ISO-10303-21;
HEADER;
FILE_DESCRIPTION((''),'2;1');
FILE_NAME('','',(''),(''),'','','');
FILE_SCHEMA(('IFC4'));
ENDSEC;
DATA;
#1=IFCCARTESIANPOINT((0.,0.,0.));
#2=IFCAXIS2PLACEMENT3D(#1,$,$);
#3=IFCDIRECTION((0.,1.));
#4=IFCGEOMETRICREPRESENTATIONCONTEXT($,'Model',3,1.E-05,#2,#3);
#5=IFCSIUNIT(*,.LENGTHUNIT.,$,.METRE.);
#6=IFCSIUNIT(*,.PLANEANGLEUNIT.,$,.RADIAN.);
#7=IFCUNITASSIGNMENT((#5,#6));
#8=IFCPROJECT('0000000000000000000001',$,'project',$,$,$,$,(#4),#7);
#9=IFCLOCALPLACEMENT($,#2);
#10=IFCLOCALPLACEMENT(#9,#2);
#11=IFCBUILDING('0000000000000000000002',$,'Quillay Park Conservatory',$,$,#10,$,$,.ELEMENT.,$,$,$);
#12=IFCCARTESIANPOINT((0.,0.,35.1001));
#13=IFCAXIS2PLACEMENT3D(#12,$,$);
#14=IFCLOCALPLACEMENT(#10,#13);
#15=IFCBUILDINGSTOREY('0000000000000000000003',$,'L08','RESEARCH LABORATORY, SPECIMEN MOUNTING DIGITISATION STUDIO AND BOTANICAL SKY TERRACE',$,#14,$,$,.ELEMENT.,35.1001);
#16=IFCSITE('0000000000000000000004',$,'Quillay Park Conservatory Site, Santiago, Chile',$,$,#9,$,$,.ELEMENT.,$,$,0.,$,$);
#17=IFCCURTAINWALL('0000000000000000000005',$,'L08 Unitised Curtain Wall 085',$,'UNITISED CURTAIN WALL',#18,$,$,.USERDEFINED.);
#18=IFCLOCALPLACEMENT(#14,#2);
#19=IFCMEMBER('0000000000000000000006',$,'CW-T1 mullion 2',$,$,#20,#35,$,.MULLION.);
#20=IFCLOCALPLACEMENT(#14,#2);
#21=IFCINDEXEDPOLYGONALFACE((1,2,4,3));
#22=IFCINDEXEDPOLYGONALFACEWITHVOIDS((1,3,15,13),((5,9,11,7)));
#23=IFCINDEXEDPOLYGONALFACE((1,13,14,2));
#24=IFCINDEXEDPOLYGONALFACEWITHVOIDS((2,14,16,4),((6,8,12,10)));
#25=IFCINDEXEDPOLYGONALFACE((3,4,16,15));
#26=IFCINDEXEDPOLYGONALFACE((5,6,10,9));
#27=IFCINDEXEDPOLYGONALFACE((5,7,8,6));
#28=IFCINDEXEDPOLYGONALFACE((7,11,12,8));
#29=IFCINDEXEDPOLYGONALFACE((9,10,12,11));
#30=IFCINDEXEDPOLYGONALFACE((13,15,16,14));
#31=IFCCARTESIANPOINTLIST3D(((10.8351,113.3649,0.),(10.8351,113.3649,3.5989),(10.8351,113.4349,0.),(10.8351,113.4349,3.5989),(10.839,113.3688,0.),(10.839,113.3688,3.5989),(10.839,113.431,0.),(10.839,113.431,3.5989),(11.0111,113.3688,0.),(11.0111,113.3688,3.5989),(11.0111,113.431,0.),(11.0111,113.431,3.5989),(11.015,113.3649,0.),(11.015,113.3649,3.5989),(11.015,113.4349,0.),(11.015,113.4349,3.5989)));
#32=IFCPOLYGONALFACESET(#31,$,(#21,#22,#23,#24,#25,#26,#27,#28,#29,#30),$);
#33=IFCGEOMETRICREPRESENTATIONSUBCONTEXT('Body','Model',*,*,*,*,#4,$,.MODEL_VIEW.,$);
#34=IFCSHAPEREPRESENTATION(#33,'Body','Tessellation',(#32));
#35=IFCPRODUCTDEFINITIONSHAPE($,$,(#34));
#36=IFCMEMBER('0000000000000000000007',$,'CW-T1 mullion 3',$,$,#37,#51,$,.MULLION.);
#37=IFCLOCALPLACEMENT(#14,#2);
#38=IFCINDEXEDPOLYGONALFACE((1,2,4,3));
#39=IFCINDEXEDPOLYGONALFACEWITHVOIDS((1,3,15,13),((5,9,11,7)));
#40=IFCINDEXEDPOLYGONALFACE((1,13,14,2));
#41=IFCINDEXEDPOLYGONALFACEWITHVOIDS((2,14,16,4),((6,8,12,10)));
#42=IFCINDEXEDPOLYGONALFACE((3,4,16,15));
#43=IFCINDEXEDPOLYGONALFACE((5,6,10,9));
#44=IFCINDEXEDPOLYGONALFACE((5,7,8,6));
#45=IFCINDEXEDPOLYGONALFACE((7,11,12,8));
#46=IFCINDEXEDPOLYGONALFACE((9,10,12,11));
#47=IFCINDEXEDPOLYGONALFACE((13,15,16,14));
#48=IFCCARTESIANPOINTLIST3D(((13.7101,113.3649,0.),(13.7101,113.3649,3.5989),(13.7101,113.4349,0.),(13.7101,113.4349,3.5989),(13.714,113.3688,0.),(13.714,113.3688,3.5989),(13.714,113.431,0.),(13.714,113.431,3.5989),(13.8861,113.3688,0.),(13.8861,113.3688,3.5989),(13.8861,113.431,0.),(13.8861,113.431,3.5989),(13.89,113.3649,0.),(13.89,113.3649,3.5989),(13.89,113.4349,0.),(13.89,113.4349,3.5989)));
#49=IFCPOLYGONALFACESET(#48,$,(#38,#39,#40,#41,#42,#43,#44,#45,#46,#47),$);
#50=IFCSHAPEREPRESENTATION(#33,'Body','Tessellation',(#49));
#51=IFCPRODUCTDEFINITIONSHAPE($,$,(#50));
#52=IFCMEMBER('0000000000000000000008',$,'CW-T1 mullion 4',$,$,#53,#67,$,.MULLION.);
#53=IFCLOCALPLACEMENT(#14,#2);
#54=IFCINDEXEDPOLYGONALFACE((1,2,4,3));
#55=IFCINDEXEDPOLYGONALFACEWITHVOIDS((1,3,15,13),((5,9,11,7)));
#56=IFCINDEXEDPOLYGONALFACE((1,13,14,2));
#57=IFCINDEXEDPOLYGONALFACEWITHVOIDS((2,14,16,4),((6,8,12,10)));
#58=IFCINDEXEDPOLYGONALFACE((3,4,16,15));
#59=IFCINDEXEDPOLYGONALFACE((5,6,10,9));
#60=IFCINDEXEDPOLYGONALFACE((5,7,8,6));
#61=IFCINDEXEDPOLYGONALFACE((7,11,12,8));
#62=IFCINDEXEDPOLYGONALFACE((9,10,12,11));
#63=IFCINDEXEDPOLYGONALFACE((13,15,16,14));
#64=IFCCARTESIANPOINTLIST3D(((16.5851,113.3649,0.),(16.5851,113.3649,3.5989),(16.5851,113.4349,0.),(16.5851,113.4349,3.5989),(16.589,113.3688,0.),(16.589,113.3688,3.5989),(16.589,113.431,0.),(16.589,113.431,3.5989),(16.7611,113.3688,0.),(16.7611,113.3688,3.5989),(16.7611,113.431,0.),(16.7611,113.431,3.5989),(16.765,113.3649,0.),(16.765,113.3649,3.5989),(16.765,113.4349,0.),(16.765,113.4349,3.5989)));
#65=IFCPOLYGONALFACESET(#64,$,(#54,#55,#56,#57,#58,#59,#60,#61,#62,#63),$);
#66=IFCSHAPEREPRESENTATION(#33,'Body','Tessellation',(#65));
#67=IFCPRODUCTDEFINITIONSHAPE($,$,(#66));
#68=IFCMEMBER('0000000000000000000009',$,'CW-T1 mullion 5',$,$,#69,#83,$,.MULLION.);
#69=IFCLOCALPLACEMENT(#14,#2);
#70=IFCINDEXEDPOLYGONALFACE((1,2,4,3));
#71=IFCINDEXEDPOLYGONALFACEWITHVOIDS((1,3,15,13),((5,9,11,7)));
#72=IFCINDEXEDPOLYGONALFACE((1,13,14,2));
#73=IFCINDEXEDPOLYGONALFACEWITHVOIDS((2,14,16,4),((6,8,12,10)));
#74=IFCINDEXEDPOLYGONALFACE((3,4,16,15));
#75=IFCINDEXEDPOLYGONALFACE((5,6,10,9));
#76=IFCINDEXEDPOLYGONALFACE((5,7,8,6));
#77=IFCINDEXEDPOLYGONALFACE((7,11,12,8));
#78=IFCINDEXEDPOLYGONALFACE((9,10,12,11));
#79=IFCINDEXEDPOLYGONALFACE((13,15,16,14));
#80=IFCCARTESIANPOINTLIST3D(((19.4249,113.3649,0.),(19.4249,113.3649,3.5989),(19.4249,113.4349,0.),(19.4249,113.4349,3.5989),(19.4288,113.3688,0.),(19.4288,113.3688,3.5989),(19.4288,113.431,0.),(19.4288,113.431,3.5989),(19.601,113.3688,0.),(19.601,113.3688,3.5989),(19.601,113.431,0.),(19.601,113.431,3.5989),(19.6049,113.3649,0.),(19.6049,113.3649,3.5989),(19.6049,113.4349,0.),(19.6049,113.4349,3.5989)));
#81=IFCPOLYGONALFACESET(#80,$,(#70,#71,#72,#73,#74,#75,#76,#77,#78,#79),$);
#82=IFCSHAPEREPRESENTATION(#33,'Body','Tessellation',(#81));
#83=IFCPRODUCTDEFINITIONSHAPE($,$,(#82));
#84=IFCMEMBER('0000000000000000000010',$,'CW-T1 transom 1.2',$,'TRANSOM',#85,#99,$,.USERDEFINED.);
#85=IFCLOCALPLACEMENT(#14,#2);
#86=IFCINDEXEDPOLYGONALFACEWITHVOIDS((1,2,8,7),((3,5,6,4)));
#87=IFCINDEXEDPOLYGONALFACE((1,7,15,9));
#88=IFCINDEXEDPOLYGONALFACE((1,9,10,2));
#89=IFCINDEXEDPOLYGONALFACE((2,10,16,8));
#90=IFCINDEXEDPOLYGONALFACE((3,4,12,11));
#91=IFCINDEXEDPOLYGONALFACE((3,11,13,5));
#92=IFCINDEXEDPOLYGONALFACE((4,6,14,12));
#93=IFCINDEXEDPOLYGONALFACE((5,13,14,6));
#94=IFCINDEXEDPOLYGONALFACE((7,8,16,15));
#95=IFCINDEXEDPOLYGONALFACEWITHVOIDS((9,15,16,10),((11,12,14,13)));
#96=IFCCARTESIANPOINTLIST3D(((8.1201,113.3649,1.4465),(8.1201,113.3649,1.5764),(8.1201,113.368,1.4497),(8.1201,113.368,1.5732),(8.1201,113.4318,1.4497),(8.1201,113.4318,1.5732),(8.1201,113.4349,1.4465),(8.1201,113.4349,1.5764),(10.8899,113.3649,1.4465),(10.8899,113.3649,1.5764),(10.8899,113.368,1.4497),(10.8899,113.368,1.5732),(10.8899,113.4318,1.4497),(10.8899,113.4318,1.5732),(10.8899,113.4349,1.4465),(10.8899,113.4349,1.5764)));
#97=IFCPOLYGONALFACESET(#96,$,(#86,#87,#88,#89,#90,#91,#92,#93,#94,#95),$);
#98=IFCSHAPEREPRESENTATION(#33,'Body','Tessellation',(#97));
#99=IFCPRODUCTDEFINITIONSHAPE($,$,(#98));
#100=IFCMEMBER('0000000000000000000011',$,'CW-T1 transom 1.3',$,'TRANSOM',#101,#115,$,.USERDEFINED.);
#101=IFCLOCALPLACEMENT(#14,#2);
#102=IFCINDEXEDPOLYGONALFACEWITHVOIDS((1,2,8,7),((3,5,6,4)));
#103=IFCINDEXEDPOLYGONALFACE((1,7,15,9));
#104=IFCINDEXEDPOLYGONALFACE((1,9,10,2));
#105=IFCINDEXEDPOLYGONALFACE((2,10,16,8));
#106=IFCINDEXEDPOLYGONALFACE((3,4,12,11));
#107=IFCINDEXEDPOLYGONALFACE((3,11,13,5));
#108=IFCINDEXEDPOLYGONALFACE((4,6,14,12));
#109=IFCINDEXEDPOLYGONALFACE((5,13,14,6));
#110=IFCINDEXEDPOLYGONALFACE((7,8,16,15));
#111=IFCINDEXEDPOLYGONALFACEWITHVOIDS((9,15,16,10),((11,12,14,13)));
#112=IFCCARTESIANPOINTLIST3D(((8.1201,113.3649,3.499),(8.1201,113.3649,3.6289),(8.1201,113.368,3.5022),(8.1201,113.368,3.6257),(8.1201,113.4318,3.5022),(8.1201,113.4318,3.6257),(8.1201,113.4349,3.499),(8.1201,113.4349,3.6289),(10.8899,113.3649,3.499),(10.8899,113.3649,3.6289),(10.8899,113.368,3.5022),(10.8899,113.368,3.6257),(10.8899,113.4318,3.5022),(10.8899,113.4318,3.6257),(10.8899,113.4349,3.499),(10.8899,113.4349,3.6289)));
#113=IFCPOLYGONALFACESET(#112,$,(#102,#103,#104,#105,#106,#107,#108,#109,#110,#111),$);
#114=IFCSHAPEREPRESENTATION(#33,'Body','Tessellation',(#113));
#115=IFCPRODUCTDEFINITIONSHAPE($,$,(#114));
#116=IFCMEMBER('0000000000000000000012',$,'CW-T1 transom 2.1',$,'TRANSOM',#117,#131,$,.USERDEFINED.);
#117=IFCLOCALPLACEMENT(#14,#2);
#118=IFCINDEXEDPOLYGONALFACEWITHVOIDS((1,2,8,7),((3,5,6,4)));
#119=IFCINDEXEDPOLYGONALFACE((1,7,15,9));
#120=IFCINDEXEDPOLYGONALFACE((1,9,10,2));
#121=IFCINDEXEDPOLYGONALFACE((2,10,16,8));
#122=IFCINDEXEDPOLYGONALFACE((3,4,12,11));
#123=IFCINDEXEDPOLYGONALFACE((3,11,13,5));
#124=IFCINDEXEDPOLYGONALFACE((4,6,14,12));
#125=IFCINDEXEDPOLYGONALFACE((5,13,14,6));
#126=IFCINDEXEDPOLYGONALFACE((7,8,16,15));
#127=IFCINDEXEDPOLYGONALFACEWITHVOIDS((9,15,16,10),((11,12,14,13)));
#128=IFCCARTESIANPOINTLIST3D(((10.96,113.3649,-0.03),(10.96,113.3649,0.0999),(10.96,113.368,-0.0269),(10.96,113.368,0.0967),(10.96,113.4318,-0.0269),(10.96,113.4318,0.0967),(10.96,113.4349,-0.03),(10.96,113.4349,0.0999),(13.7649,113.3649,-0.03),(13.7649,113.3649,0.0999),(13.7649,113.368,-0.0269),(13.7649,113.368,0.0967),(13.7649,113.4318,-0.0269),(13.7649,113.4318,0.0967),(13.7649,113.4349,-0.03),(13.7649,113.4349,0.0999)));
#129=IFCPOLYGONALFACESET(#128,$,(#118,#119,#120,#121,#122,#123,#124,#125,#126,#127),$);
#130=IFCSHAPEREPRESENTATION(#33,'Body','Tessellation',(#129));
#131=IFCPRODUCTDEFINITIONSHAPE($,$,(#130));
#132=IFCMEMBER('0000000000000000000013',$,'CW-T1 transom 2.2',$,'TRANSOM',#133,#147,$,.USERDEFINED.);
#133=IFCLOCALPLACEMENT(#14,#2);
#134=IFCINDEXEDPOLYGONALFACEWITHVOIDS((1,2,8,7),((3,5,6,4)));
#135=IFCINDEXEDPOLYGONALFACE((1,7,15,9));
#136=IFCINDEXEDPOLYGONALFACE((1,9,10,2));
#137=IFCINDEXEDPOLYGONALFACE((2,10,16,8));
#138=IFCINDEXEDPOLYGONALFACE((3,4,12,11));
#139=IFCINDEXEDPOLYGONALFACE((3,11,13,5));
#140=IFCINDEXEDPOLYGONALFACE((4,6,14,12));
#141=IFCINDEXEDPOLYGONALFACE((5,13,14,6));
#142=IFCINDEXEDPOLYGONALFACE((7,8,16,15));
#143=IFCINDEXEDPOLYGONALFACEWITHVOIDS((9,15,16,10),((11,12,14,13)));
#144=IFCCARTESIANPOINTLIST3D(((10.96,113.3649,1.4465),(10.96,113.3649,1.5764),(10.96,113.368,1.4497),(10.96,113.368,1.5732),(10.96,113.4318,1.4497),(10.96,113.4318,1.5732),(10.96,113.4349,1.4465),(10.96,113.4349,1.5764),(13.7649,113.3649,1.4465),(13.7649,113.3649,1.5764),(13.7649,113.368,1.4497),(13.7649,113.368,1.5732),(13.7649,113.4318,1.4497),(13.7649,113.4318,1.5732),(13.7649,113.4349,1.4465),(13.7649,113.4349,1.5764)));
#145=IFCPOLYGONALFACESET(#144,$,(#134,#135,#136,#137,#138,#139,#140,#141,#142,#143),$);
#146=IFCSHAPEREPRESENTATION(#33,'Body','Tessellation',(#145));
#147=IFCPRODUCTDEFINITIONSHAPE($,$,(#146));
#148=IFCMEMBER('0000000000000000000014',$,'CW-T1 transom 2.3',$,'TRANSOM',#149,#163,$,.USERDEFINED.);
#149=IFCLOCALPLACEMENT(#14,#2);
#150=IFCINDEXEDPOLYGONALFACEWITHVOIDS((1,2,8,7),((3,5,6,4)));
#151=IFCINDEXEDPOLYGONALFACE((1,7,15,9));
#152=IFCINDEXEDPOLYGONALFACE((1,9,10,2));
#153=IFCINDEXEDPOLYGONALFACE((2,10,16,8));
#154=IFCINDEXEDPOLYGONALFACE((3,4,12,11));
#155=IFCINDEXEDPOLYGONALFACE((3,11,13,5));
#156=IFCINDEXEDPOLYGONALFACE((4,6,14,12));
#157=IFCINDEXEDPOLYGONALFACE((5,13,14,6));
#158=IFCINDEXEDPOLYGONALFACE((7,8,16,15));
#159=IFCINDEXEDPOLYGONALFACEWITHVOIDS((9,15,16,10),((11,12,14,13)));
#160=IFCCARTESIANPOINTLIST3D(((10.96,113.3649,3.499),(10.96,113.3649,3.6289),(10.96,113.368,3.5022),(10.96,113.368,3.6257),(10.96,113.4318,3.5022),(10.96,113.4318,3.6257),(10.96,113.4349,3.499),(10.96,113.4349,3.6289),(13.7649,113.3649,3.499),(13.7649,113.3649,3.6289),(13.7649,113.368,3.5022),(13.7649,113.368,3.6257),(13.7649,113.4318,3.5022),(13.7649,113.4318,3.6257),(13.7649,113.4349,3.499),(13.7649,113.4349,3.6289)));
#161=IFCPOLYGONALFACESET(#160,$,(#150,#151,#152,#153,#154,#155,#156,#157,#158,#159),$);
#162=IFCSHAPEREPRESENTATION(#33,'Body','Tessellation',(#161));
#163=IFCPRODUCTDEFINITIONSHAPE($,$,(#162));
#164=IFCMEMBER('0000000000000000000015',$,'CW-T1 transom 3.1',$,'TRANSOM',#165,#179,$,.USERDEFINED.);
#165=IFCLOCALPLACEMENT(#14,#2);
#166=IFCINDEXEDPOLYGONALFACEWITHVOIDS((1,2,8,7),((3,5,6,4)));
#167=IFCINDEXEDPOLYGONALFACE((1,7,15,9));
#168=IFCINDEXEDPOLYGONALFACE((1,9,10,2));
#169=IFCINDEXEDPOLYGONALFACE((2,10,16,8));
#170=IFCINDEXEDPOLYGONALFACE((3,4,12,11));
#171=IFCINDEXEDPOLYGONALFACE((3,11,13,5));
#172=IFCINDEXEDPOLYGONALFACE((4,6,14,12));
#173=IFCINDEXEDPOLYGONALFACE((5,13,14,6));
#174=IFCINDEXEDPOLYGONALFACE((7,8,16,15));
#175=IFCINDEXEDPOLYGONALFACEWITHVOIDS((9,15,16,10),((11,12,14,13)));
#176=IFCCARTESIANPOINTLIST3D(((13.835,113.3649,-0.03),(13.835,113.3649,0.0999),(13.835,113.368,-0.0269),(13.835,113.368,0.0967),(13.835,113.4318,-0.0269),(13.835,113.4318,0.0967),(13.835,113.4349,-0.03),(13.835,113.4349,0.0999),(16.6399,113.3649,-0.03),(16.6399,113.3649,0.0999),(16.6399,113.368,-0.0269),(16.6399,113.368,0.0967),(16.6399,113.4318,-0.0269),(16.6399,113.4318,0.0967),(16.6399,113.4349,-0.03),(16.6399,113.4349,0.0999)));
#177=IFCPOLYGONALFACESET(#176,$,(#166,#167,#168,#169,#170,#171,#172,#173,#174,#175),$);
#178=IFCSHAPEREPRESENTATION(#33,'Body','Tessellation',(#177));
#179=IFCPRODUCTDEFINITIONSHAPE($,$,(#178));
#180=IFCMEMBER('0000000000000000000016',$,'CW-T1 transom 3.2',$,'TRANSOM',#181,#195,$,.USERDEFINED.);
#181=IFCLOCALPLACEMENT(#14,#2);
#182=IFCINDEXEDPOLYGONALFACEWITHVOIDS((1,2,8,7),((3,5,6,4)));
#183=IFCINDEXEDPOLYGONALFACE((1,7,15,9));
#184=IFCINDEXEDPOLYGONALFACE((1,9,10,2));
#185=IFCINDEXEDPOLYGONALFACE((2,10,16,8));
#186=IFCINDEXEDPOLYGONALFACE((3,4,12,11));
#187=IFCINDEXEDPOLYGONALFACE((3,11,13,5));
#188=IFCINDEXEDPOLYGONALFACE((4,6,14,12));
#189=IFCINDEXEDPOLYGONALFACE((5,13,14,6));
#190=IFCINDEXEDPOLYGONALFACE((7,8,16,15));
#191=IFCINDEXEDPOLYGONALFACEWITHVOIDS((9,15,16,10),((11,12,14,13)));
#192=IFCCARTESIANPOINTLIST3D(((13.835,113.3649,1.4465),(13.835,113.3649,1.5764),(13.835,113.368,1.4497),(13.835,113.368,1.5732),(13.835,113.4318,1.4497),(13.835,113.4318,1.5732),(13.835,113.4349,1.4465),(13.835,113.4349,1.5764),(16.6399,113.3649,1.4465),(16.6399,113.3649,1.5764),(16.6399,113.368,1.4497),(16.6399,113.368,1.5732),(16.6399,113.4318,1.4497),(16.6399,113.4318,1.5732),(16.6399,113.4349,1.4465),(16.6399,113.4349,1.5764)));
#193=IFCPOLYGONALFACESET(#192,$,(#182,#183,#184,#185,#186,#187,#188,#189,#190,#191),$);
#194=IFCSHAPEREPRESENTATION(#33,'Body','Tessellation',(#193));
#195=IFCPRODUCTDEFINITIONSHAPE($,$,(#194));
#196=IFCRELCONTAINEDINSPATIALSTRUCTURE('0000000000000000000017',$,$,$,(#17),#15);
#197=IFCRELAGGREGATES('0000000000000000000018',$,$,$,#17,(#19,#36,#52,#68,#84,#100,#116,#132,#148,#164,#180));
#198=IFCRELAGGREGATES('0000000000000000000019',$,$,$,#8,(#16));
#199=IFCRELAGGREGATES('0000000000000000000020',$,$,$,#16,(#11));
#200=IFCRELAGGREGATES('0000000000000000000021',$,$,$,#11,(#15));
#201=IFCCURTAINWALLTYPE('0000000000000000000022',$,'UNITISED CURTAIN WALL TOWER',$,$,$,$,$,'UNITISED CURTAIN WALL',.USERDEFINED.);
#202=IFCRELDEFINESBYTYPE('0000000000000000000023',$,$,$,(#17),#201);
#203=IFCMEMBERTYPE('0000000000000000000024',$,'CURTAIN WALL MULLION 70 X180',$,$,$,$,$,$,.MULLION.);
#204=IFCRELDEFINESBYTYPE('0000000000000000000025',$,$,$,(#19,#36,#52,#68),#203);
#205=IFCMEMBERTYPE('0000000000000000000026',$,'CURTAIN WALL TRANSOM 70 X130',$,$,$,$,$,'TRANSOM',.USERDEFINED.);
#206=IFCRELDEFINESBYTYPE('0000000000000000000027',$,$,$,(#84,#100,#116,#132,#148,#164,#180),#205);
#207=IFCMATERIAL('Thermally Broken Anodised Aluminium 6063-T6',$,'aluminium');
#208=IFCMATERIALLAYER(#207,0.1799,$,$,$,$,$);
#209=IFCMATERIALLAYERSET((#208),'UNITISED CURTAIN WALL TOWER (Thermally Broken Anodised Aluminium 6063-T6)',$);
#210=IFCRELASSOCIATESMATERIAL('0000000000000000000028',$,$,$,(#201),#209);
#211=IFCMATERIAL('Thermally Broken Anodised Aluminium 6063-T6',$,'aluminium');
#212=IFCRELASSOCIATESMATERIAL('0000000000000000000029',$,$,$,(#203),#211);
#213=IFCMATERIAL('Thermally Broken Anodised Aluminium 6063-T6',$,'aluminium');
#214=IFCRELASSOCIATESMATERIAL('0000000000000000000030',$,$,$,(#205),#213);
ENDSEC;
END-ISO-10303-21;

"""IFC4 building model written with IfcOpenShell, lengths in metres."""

from ifc_helpers import new_model, si_unit, direction, frame, origin, origin_2d, place, context, subcontext, project, spatial, hollow_rectangle, extrude, material, layer, layer_set, material_profile, profile_set, type_object, element, aggregate, save


model = new_model("IFC4")

# Units and contexts
model_context = context("Model", 3, precision=1e-05, world=origin(), true_north=direction((0.0, 1.0)))
body_context = subcontext(model_context, "Body", "Model", "MODEL_VIEW")
ifc_project = project(units=[si_unit("LENGTHUNIT", "METRE"), si_unit("PLANEANGLEUNIT", "RADIAN")], contexts=[model_context])

# Site, building, storey
site_placement = place(None, origin())
site = spatial("IfcSite", under=ifc_project, at=site_placement, Name="Quillay Park Conservatory Site, Santiago, Chile", CompositionType="ELEMENT", RefElevation=0.0)
building_placement = place(site_placement, origin())
building = spatial("IfcBuilding", under=site, at=building_placement, Name="Quillay Park Conservatory", CompositionType="ELEMENT")
storey_placement = place(building_placement, frame((0.0, 0.0, 35.1001)))
storey = spatial("IfcBuildingStorey", under=building, at=storey_placement, Name="L08", Description="RESEARCH LABORATORY, SPECIMEN MOUNTING DIGITISATION STUDIO AND BOTANICAL SKY TERRACE", CompositionType="ELEMENT", Elevation=35.1001)

# Curtain wall, members
ifc_material_1 = material(Name="Thermally Broken Anodised Aluminium 6063-T6", Category="aluminium")
ifc_layer_1 = layer(ifc_material_1, 0.1799)
ifc_layer_set_1 = layer_set([ifc_layer_1], Name="UNITISED CURTAIN WALL TOWER (Thermally Broken Anodised Aluminium 6063-T6)")
curtain_wall_type = type_object("IfcCurtainWallType", Name="UNITISED CURTAIN WALL TOWER", ElementType="UNITISED CURTAIN WALL", PredefinedType="USERDEFINED", material=ifc_layer_set_1)
curtain_wall_placement = place(storey_placement, origin())
curtain_wall = element("IfcCurtainWall", 1, at=curtain_wall_placement, inside=storey, type_object=curtain_wall_type, Name="L08 Unitised Curtain Wall 085", ObjectType="UNITISED CURTAIN WALL", PredefinedType="USERDEFINED")
ifc_material_2 = material(Name="Thermally Broken Anodised Aluminium 6063-T6", Category="aluminium")
ifc_material_profile_1 = material_profile(ifc_material_2, hollow_rectangle(XDim=0.0701, YDim=0.1799, WallThickness=0.0039, at=origin_2d()), Name="AL70x180x4")
ifc_profile_set_1 = profile_set([ifc_material_profile_1], Name="Thermally Broken Anodised Aluminium 6063-T6")
member_type_1 = type_object("IfcMemberType", Name="CURTAIN WALL MULLION 70 X180", PredefinedType="MULLION", material=ifc_profile_set_1)
member_1_placement = place(storey_placement, frame((10.925, 113.3999, 0.0), z_axis=(0.0, 0.0, 1.0), x_axis=(0.0, 1.0, 0.0)))
member_1 = element("IfcMember", 2, at=member_1_placement, type_object=member_type_1, Name="CW-T1 mullion 2", PredefinedType="MULLION", context=body_context, shape_type="SweptSolid", body=[
    extrude(hollow_rectangle(XDim=0.0701, YDim=0.1799, WallThickness=0.0039, at=origin_2d()), origin(), (0.0, 0.0, 1.0), 3.5989),
])
member_2_placement = place(storey_placement, frame((13.8, 113.3999, 0.0), z_axis=(0.0, 0.0, 1.0), x_axis=(0.0, 1.0, 0.0)))
member_2 = element("IfcMember", 3, at=member_2_placement, type_object=member_type_1, Name="CW-T1 mullion 3", PredefinedType="MULLION", context=body_context, shape_type="SweptSolid", body=[
    extrude(hollow_rectangle(XDim=0.0701, YDim=0.1799, WallThickness=0.0039, at=origin_2d()), origin(), (0.0, 0.0, 1.0), 3.5989),
])
member_3_placement = place(storey_placement, frame((16.675, 113.3999, 0.0), z_axis=(0.0, 0.0, 1.0), x_axis=(0.0, 1.0, 0.0)))
member_3 = element("IfcMember", 4, at=member_3_placement, type_object=member_type_1, Name="CW-T1 mullion 4", PredefinedType="MULLION", context=body_context, shape_type="SweptSolid", body=[
    extrude(hollow_rectangle(XDim=0.0701, YDim=0.1799, WallThickness=0.0039, at=origin_2d()), origin(), (0.0, 0.0, 1.0), 3.5989),
])
member_4_placement = place(storey_placement, frame((19.5149, 113.3999, 0.0), z_axis=(0.0, 0.0, 1.0), x_axis=(0.0, 1.0, 0.0)))
member_4 = element("IfcMember", 5, at=member_4_placement, type_object=member_type_1, Name="CW-T1 mullion 5", PredefinedType="MULLION", context=body_context, shape_type="SweptSolid", body=[
    extrude(hollow_rectangle(XDim=0.0701, YDim=0.1799, WallThickness=0.0039, at=origin_2d()), origin(), (0.0, 0.0, 1.0), 3.5989),
])
ifc_material_3 = material(Name="Thermally Broken Anodised Aluminium 6063-T6", Category="aluminium")
ifc_material_profile_2 = material_profile(ifc_material_3, hollow_rectangle(XDim=0.0701, YDim=0.1299, WallThickness=0.0032, at=origin_2d()), Name="AL70x130x3.2")
ifc_profile_set_2 = profile_set([ifc_material_profile_2], Name="Thermally Broken Anodised Aluminium 6063-T6")
member_type_2 = type_object("IfcMemberType", Name="CURTAIN WALL TRANSOM 70 X130", ElementType="TRANSOM", PredefinedType="USERDEFINED", material=ifc_profile_set_2)
member_5_placement = place(storey_placement, frame((8.1201, 113.3999, 1.5115), z_axis=(1.0, 0.0, 0.0), x_axis=(0.0, 1.0, 0.0)))
member_5 = element("IfcMember", 6, at=member_5_placement, type_object=member_type_2, Name="CW-T1 transom 1.2", ObjectType="TRANSOM", PredefinedType="USERDEFINED", context=body_context, shape_type="SweptSolid", body=[
    extrude(hollow_rectangle(XDim=0.0701, YDim=0.1299, WallThickness=0.0032, at=origin_2d()), origin(), (0.0, 0.0, 1.0), 2.7698),
])
member_6_placement = place(storey_placement, frame((8.1201, 113.3999, 3.564), z_axis=(1.0, 0.0, 0.0), x_axis=(0.0, 1.0, 0.0)))
member_6 = element("IfcMember", 7, at=member_6_placement, type_object=member_type_2, Name="CW-T1 transom 1.3", ObjectType="TRANSOM", PredefinedType="USERDEFINED", context=body_context, shape_type="SweptSolid", body=[
    extrude(hollow_rectangle(XDim=0.0701, YDim=0.1299, WallThickness=0.0032, at=origin_2d()), origin(), (0.0, 0.0, 1.0), 2.7698),
])
member_7_placement = place(storey_placement, frame((10.96, 113.3999, 0.0349), z_axis=(1.0, 0.0, 0.0), x_axis=(0.0, 1.0, 0.0)))
member_7 = element("IfcMember", 8, at=member_7_placement, type_object=member_type_2, Name="CW-T1 transom 2.1", ObjectType="TRANSOM", PredefinedType="USERDEFINED", context=body_context, shape_type="SweptSolid", body=[
    extrude(hollow_rectangle(XDim=0.0701, YDim=0.1299, WallThickness=0.0032, at=origin_2d()), origin(), (0.0, 0.0, 1.0), 2.8049),
])
member_8_placement = place(storey_placement, frame((10.96, 113.3999, 1.5115), z_axis=(1.0, 0.0, 0.0), x_axis=(0.0, 1.0, 0.0)))
member_8 = element("IfcMember", 9, at=member_8_placement, type_object=member_type_2, Name="CW-T1 transom 2.2", ObjectType="TRANSOM", PredefinedType="USERDEFINED", context=body_context, shape_type="SweptSolid", body=[
    extrude(hollow_rectangle(XDim=0.0701, YDim=0.1299, WallThickness=0.0032, at=origin_2d()), origin(), (0.0, 0.0, 1.0), 2.8049),
])
member_9_placement = place(storey_placement, frame((10.96, 113.3999, 3.564), z_axis=(1.0, 0.0, 0.0), x_axis=(0.0, 1.0, 0.0)))
member_9 = element("IfcMember", 10, at=member_9_placement, type_object=member_type_2, Name="CW-T1 transom 2.3", ObjectType="TRANSOM", PredefinedType="USERDEFINED", context=body_context, shape_type="SweptSolid", body=[
    extrude(hollow_rectangle(XDim=0.0701, YDim=0.1299, WallThickness=0.0032, at=origin_2d()), origin(), (0.0, 0.0, 1.0), 2.8049),
])
member_10_placement = place(storey_placement, frame((13.835, 113.3999, 0.0349), z_axis=(1.0, 0.0, 0.0), x_axis=(0.0, 1.0, 0.0)))
member_10 = element("IfcMember", 11, at=member_10_placement, type_object=member_type_2, Name="CW-T1 transom 3.1", ObjectType="TRANSOM", PredefinedType="USERDEFINED", context=body_context, shape_type="SweptSolid", body=[
    extrude(hollow_rectangle(XDim=0.0701, YDim=0.1299, WallThickness=0.0032, at=origin_2d()), origin(), (0.0, 0.0, 1.0), 2.8049),
])
member_11_placement = place(storey_placement, frame((13.835, 113.3999, 1.5115), z_axis=(1.0, 0.0, 0.0), x_axis=(0.0, 1.0, 0.0)))
member_11 = element("IfcMember", 12, at=member_11_placement, type_object=member_type_2, Name="CW-T1 transom 3.2", ObjectType="TRANSOM", PredefinedType="USERDEFINED", context=body_context, shape_type="SweptSolid", body=[
    extrude(hollow_rectangle(XDim=0.0701, YDim=0.1299, WallThickness=0.0032, at=origin_2d()), origin(), (0.0, 0.0, 1.0), 2.8049),
])
aggregate(curtain_wall, [member_1, member_2, member_3, member_4, member_5, member_6, member_7, member_8, member_9, member_10, member_11])

save(model, "model.ifc")
